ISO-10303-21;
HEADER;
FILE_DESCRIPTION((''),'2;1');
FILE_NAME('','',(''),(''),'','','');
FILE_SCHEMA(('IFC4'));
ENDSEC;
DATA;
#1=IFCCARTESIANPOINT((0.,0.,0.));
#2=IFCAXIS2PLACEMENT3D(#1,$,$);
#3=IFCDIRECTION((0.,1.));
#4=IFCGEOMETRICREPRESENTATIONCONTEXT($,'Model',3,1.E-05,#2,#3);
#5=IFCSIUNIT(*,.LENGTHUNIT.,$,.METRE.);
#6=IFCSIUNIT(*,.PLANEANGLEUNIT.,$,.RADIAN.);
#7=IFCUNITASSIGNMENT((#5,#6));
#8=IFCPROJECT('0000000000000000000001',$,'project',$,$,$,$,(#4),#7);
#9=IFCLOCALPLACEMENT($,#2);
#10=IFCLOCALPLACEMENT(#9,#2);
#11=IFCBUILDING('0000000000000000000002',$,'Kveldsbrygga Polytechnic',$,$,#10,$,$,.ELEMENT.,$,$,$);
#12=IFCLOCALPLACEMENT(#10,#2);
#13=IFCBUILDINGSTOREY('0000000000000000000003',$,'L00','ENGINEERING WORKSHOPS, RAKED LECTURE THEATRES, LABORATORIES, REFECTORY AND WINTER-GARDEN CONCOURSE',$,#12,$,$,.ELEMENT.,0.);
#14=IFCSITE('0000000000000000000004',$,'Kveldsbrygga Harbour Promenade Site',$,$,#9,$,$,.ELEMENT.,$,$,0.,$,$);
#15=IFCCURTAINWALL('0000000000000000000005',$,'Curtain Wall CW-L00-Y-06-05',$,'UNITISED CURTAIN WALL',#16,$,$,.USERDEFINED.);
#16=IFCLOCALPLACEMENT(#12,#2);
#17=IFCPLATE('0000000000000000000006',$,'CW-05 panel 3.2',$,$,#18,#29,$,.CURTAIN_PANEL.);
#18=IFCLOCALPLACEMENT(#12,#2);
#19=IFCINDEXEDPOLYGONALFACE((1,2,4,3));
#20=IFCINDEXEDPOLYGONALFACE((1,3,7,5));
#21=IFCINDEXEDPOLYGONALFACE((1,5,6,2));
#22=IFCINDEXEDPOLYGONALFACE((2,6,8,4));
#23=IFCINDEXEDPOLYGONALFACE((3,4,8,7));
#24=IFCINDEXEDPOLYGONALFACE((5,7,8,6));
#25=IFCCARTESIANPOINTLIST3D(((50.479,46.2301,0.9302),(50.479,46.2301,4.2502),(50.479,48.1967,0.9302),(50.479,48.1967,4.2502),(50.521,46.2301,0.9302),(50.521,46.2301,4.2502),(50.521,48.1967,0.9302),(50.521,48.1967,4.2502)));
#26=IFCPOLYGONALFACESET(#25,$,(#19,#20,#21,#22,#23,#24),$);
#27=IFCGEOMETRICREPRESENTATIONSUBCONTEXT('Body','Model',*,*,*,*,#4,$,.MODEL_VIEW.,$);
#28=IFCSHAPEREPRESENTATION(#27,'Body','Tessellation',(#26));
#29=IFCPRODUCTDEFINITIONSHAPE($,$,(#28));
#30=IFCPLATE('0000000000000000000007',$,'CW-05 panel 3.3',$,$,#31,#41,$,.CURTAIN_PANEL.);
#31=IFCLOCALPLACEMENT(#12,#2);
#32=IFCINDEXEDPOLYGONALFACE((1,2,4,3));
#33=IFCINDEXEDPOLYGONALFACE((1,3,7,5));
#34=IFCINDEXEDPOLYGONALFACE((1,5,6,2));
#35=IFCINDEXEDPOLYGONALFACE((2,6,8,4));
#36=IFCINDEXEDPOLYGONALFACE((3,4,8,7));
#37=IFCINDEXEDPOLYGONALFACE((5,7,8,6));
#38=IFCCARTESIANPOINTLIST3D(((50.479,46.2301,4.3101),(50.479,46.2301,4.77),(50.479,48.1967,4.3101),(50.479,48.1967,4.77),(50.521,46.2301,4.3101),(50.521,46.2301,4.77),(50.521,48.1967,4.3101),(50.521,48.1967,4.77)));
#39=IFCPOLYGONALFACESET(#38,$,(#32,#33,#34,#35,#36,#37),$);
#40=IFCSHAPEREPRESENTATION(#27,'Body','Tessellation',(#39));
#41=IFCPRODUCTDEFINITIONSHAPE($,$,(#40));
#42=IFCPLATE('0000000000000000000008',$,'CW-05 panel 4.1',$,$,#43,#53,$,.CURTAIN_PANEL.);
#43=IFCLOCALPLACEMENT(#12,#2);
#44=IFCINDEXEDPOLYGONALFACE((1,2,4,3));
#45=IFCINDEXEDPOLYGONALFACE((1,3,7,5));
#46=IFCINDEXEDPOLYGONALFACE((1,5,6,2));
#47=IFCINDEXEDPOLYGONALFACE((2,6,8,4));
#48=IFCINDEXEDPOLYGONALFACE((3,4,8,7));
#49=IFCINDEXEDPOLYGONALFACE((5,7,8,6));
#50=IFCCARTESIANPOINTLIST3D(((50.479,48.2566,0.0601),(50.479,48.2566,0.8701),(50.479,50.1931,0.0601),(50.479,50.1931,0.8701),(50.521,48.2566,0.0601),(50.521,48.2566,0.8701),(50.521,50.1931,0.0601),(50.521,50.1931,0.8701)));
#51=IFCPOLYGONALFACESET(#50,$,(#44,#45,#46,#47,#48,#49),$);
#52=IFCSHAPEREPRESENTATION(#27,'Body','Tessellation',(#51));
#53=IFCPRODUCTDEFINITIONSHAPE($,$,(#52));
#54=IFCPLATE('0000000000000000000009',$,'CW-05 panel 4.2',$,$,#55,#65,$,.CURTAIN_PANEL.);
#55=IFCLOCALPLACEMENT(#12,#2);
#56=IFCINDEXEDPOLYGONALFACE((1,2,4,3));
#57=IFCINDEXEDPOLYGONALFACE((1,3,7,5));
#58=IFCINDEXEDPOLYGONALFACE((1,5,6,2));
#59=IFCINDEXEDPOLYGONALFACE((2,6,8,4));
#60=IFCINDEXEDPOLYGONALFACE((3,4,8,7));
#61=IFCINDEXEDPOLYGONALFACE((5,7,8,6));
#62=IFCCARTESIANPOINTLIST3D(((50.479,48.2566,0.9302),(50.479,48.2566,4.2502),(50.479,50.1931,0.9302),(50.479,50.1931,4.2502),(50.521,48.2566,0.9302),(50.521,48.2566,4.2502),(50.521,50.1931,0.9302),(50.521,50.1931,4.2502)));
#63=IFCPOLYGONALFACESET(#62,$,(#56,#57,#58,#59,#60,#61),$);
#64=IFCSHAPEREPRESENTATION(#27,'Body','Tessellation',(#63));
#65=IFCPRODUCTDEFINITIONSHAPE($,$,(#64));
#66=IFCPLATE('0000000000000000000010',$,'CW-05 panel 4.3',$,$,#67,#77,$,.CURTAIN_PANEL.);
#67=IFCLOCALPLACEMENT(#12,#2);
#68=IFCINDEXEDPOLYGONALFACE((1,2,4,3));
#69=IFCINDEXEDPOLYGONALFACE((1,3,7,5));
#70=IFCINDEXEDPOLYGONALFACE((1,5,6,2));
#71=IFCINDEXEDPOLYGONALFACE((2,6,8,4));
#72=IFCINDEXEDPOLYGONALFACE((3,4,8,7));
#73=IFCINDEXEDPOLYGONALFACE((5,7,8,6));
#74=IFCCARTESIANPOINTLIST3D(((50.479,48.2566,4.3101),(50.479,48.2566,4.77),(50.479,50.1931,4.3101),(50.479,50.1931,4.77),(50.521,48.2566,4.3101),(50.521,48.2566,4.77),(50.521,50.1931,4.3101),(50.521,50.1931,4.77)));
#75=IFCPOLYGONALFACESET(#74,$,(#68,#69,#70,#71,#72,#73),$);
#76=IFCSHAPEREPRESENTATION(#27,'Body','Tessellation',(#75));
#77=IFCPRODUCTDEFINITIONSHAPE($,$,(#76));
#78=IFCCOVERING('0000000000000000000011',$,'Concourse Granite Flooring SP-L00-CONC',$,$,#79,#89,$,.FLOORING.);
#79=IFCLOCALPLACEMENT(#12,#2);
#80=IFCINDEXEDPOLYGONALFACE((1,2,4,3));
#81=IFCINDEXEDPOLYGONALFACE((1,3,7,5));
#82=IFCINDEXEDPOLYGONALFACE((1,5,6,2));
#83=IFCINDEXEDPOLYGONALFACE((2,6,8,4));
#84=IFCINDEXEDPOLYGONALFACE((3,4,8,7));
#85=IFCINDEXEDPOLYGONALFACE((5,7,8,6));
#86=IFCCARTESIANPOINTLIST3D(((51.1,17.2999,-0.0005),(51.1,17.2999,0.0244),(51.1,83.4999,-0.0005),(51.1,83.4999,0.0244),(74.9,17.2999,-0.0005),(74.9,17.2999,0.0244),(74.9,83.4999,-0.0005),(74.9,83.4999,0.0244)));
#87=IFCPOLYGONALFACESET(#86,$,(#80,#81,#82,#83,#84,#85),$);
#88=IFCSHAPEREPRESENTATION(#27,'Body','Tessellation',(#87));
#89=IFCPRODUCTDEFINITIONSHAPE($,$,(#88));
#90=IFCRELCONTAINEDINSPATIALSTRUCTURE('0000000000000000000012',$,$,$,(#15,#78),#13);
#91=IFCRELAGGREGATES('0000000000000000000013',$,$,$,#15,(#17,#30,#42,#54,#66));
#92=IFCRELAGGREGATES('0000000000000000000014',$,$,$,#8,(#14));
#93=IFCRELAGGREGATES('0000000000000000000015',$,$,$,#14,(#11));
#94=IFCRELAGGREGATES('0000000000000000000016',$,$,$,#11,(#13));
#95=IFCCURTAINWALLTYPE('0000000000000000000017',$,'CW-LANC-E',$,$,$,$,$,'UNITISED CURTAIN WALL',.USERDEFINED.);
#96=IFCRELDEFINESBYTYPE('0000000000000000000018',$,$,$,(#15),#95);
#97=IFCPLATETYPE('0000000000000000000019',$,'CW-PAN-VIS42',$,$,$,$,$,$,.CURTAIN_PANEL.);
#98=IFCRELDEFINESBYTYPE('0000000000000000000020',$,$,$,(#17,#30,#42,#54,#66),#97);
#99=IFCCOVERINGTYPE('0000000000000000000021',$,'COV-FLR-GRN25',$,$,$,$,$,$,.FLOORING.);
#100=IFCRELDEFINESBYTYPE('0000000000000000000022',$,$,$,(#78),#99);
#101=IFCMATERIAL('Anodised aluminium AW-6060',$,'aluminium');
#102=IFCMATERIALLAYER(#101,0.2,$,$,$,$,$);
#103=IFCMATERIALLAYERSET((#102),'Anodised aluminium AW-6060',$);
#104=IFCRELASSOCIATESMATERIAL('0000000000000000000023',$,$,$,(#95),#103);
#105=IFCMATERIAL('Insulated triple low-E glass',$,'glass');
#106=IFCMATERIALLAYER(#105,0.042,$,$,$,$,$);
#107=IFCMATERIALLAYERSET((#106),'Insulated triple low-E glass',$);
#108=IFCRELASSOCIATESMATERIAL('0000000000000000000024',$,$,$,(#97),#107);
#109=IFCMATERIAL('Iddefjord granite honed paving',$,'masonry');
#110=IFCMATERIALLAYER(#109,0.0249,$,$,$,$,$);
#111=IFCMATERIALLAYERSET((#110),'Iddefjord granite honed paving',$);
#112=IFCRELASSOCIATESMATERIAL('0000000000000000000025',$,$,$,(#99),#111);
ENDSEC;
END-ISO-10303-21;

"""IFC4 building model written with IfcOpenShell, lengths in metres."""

from ifc_helpers import new_model, si_unit, direction, frame, origin, origin_2d, place, context, subcontext, project, spatial, rectangle, extrude, material, layer, layer_set, type_object, element, aggregate, save


model = new_model("IFC4")

# Units and contexts
model_context = context("Model", 3, precision=1e-05, world=origin(), true_north=direction((0.0, 1.0)))
body_context = subcontext(model_context, "Body", "Model", "MODEL_VIEW")
ifc_project = project(units=[si_unit("LENGTHUNIT", "METRE"), si_unit("PLANEANGLEUNIT", "RADIAN")], contexts=[model_context])

# Site, building, storey
site_placement = place(None, origin())
site = spatial("IfcSite", under=ifc_project, at=site_placement, Name="Kveldsbrygga Harbour Promenade Site", CompositionType="ELEMENT", RefElevation=0.0)
building_placement = place(site_placement, origin())
building = spatial("IfcBuilding", under=site, at=building_placement, Name="Kveldsbrygga Polytechnic", CompositionType="ELEMENT")
storey_placement = place(building_placement, origin())
storey = spatial("IfcBuildingStorey", under=building, at=storey_placement, Name="L00", Description="ENGINEERING WORKSHOPS, RAKED LECTURE THEATRES, LABORATORIES, REFECTORY AND WINTER-GARDEN CONCOURSE", CompositionType="ELEMENT", Elevation=0.0)

# Curtain wall
ifc_material_1 = material(Name="Anodised aluminium AW-6060", Category="aluminium")
ifc_layer_1 = layer(ifc_material_1, 0.2)
ifc_layer_set_1 = layer_set([ifc_layer_1], Name="Anodised aluminium AW-6060")
curtain_wall_type = type_object("IfcCurtainWallType", Name="CW-LANC-E", ElementType="UNITISED CURTAIN WALL", PredefinedType="USERDEFINED", material=ifc_layer_set_1)
curtain_wall_placement = place(storey_placement, origin())
curtain_wall = element("IfcCurtainWall", 1, at=curtain_wall_placement, inside=storey, type_object=curtain_wall_type, Name="Curtain Wall CW-L00-Y-06-05", ObjectType="UNITISED CURTAIN WALL", PredefinedType="USERDEFINED")

# Plates
ifc_material_2 = material(Name="Insulated triple low-E glass", Category="glass")
ifc_layer_2 = layer(ifc_material_2, 0.042)
ifc_layer_set_2 = layer_set([ifc_layer_2], Name="Insulated triple low-E glass")
plate_type = type_object("IfcPlateType", Name="CW-PAN-VIS42", PredefinedType="CURTAIN_PANEL", material=ifc_layer_set_2)
plate_1_placement = place(storey_placement, frame((50.5, 47.2134, 0.9302), z_axis=(0.0, 0.0, 1.0), x_axis=(0.0, 1.0, 0.0)))
plate_1 = element("IfcPlate", 2, at=plate_1_placement, type_object=plate_type, Name="CW-05 panel 3.2", PredefinedType="CURTAIN_PANEL", context=body_context, shape_type="SweptSolid", body=[
    extrude(rectangle(XDim=1.9666, YDim=0.042, at=origin_2d()), origin(), (0.0, 0.0, 1.0), 3.3201),
])
plate_2_placement = place(storey_placement, frame((50.5, 47.2134, 4.3101), z_axis=(0.0, 0.0, 1.0), x_axis=(0.0, 1.0, 0.0)))
plate_2 = element("IfcPlate", 3, at=plate_2_placement, type_object=plate_type, Name="CW-05 panel 3.3", PredefinedType="CURTAIN_PANEL", context=body_context, shape_type="SweptSolid", body=[
    extrude(rectangle(XDim=1.9666, YDim=0.042, at=origin_2d()), origin(), (0.0, 0.0, 1.0), 0.46),
])
plate_3_placement = place(storey_placement, frame((50.5, 49.2249, 0.0601), z_axis=(0.0, 0.0, 1.0), x_axis=(0.0, 1.0, 0.0)))
plate_3 = element("IfcPlate", 4, at=plate_3_placement, type_object=plate_type, Name="CW-05 panel 4.1", PredefinedType="CURTAIN_PANEL", context=body_context, shape_type="SweptSolid", body=[
    extrude(rectangle(XDim=1.9365, YDim=0.042, at=origin_2d()), origin(), (0.0, 0.0, 1.0), 0.8101),
])
plate_4_placement = place(storey_placement, frame((50.5, 49.2249, 0.9302), z_axis=(0.0, 0.0, 1.0), x_axis=(0.0, 1.0, 0.0)))
plate_4 = element("IfcPlate", 5, at=plate_4_placement, type_object=plate_type, Name="CW-05 panel 4.2", PredefinedType="CURTAIN_PANEL", context=body_context, shape_type="SweptSolid", body=[
    extrude(rectangle(XDim=1.9365, YDim=0.042, at=origin_2d()), origin(), (0.0, 0.0, 1.0), 3.3201),
])
plate_5_placement = place(storey_placement, frame((50.5, 49.2249, 4.3101), z_axis=(0.0, 0.0, 1.0), x_axis=(0.0, 1.0, 0.0)))
plate_5 = element("IfcPlate", 6, at=plate_5_placement, type_object=plate_type, Name="CW-05 panel 4.3", PredefinedType="CURTAIN_PANEL", context=body_context, shape_type="SweptSolid", body=[
    extrude(rectangle(XDim=1.9365, YDim=0.042, at=origin_2d()), origin(), (0.0, 0.0, 1.0), 0.46),
])
aggregate(curtain_wall, [plate_1, plate_2, plate_3, plate_4, plate_5])

# Covering
ifc_material_3 = material(Name="Iddefjord granite honed paving", Category="masonry")
ifc_layer_3 = layer(ifc_material_3, 0.0249)
ifc_layer_set_3 = layer_set([ifc_layer_3], Name="Iddefjord granite honed paving")
covering_type = type_object("IfcCoveringType", Name="COV-FLR-GRN25", PredefinedType="FLOORING", material=ifc_layer_set_3)
covering_placement = place(storey_placement, frame((63.0, 50.3999, -0.0005), z_axis=(0.0, 0.0, 1.0), x_axis=(1.0, 0.0, 0.0)))
element("IfcCovering", 7, at=covering_placement, inside=storey, type_object=covering_type, Name="Concourse Granite Flooring SP-L00-CONC", PredefinedType="FLOORING", context=body_context, shape_type="SweptSolid", body=[
    extrude(rectangle(XDim=23.8, YDim=66.2, at=origin_2d()), origin(), (0.0, 0.0, 1.0), 0.0249),
])

save(model, "model.ifc")
